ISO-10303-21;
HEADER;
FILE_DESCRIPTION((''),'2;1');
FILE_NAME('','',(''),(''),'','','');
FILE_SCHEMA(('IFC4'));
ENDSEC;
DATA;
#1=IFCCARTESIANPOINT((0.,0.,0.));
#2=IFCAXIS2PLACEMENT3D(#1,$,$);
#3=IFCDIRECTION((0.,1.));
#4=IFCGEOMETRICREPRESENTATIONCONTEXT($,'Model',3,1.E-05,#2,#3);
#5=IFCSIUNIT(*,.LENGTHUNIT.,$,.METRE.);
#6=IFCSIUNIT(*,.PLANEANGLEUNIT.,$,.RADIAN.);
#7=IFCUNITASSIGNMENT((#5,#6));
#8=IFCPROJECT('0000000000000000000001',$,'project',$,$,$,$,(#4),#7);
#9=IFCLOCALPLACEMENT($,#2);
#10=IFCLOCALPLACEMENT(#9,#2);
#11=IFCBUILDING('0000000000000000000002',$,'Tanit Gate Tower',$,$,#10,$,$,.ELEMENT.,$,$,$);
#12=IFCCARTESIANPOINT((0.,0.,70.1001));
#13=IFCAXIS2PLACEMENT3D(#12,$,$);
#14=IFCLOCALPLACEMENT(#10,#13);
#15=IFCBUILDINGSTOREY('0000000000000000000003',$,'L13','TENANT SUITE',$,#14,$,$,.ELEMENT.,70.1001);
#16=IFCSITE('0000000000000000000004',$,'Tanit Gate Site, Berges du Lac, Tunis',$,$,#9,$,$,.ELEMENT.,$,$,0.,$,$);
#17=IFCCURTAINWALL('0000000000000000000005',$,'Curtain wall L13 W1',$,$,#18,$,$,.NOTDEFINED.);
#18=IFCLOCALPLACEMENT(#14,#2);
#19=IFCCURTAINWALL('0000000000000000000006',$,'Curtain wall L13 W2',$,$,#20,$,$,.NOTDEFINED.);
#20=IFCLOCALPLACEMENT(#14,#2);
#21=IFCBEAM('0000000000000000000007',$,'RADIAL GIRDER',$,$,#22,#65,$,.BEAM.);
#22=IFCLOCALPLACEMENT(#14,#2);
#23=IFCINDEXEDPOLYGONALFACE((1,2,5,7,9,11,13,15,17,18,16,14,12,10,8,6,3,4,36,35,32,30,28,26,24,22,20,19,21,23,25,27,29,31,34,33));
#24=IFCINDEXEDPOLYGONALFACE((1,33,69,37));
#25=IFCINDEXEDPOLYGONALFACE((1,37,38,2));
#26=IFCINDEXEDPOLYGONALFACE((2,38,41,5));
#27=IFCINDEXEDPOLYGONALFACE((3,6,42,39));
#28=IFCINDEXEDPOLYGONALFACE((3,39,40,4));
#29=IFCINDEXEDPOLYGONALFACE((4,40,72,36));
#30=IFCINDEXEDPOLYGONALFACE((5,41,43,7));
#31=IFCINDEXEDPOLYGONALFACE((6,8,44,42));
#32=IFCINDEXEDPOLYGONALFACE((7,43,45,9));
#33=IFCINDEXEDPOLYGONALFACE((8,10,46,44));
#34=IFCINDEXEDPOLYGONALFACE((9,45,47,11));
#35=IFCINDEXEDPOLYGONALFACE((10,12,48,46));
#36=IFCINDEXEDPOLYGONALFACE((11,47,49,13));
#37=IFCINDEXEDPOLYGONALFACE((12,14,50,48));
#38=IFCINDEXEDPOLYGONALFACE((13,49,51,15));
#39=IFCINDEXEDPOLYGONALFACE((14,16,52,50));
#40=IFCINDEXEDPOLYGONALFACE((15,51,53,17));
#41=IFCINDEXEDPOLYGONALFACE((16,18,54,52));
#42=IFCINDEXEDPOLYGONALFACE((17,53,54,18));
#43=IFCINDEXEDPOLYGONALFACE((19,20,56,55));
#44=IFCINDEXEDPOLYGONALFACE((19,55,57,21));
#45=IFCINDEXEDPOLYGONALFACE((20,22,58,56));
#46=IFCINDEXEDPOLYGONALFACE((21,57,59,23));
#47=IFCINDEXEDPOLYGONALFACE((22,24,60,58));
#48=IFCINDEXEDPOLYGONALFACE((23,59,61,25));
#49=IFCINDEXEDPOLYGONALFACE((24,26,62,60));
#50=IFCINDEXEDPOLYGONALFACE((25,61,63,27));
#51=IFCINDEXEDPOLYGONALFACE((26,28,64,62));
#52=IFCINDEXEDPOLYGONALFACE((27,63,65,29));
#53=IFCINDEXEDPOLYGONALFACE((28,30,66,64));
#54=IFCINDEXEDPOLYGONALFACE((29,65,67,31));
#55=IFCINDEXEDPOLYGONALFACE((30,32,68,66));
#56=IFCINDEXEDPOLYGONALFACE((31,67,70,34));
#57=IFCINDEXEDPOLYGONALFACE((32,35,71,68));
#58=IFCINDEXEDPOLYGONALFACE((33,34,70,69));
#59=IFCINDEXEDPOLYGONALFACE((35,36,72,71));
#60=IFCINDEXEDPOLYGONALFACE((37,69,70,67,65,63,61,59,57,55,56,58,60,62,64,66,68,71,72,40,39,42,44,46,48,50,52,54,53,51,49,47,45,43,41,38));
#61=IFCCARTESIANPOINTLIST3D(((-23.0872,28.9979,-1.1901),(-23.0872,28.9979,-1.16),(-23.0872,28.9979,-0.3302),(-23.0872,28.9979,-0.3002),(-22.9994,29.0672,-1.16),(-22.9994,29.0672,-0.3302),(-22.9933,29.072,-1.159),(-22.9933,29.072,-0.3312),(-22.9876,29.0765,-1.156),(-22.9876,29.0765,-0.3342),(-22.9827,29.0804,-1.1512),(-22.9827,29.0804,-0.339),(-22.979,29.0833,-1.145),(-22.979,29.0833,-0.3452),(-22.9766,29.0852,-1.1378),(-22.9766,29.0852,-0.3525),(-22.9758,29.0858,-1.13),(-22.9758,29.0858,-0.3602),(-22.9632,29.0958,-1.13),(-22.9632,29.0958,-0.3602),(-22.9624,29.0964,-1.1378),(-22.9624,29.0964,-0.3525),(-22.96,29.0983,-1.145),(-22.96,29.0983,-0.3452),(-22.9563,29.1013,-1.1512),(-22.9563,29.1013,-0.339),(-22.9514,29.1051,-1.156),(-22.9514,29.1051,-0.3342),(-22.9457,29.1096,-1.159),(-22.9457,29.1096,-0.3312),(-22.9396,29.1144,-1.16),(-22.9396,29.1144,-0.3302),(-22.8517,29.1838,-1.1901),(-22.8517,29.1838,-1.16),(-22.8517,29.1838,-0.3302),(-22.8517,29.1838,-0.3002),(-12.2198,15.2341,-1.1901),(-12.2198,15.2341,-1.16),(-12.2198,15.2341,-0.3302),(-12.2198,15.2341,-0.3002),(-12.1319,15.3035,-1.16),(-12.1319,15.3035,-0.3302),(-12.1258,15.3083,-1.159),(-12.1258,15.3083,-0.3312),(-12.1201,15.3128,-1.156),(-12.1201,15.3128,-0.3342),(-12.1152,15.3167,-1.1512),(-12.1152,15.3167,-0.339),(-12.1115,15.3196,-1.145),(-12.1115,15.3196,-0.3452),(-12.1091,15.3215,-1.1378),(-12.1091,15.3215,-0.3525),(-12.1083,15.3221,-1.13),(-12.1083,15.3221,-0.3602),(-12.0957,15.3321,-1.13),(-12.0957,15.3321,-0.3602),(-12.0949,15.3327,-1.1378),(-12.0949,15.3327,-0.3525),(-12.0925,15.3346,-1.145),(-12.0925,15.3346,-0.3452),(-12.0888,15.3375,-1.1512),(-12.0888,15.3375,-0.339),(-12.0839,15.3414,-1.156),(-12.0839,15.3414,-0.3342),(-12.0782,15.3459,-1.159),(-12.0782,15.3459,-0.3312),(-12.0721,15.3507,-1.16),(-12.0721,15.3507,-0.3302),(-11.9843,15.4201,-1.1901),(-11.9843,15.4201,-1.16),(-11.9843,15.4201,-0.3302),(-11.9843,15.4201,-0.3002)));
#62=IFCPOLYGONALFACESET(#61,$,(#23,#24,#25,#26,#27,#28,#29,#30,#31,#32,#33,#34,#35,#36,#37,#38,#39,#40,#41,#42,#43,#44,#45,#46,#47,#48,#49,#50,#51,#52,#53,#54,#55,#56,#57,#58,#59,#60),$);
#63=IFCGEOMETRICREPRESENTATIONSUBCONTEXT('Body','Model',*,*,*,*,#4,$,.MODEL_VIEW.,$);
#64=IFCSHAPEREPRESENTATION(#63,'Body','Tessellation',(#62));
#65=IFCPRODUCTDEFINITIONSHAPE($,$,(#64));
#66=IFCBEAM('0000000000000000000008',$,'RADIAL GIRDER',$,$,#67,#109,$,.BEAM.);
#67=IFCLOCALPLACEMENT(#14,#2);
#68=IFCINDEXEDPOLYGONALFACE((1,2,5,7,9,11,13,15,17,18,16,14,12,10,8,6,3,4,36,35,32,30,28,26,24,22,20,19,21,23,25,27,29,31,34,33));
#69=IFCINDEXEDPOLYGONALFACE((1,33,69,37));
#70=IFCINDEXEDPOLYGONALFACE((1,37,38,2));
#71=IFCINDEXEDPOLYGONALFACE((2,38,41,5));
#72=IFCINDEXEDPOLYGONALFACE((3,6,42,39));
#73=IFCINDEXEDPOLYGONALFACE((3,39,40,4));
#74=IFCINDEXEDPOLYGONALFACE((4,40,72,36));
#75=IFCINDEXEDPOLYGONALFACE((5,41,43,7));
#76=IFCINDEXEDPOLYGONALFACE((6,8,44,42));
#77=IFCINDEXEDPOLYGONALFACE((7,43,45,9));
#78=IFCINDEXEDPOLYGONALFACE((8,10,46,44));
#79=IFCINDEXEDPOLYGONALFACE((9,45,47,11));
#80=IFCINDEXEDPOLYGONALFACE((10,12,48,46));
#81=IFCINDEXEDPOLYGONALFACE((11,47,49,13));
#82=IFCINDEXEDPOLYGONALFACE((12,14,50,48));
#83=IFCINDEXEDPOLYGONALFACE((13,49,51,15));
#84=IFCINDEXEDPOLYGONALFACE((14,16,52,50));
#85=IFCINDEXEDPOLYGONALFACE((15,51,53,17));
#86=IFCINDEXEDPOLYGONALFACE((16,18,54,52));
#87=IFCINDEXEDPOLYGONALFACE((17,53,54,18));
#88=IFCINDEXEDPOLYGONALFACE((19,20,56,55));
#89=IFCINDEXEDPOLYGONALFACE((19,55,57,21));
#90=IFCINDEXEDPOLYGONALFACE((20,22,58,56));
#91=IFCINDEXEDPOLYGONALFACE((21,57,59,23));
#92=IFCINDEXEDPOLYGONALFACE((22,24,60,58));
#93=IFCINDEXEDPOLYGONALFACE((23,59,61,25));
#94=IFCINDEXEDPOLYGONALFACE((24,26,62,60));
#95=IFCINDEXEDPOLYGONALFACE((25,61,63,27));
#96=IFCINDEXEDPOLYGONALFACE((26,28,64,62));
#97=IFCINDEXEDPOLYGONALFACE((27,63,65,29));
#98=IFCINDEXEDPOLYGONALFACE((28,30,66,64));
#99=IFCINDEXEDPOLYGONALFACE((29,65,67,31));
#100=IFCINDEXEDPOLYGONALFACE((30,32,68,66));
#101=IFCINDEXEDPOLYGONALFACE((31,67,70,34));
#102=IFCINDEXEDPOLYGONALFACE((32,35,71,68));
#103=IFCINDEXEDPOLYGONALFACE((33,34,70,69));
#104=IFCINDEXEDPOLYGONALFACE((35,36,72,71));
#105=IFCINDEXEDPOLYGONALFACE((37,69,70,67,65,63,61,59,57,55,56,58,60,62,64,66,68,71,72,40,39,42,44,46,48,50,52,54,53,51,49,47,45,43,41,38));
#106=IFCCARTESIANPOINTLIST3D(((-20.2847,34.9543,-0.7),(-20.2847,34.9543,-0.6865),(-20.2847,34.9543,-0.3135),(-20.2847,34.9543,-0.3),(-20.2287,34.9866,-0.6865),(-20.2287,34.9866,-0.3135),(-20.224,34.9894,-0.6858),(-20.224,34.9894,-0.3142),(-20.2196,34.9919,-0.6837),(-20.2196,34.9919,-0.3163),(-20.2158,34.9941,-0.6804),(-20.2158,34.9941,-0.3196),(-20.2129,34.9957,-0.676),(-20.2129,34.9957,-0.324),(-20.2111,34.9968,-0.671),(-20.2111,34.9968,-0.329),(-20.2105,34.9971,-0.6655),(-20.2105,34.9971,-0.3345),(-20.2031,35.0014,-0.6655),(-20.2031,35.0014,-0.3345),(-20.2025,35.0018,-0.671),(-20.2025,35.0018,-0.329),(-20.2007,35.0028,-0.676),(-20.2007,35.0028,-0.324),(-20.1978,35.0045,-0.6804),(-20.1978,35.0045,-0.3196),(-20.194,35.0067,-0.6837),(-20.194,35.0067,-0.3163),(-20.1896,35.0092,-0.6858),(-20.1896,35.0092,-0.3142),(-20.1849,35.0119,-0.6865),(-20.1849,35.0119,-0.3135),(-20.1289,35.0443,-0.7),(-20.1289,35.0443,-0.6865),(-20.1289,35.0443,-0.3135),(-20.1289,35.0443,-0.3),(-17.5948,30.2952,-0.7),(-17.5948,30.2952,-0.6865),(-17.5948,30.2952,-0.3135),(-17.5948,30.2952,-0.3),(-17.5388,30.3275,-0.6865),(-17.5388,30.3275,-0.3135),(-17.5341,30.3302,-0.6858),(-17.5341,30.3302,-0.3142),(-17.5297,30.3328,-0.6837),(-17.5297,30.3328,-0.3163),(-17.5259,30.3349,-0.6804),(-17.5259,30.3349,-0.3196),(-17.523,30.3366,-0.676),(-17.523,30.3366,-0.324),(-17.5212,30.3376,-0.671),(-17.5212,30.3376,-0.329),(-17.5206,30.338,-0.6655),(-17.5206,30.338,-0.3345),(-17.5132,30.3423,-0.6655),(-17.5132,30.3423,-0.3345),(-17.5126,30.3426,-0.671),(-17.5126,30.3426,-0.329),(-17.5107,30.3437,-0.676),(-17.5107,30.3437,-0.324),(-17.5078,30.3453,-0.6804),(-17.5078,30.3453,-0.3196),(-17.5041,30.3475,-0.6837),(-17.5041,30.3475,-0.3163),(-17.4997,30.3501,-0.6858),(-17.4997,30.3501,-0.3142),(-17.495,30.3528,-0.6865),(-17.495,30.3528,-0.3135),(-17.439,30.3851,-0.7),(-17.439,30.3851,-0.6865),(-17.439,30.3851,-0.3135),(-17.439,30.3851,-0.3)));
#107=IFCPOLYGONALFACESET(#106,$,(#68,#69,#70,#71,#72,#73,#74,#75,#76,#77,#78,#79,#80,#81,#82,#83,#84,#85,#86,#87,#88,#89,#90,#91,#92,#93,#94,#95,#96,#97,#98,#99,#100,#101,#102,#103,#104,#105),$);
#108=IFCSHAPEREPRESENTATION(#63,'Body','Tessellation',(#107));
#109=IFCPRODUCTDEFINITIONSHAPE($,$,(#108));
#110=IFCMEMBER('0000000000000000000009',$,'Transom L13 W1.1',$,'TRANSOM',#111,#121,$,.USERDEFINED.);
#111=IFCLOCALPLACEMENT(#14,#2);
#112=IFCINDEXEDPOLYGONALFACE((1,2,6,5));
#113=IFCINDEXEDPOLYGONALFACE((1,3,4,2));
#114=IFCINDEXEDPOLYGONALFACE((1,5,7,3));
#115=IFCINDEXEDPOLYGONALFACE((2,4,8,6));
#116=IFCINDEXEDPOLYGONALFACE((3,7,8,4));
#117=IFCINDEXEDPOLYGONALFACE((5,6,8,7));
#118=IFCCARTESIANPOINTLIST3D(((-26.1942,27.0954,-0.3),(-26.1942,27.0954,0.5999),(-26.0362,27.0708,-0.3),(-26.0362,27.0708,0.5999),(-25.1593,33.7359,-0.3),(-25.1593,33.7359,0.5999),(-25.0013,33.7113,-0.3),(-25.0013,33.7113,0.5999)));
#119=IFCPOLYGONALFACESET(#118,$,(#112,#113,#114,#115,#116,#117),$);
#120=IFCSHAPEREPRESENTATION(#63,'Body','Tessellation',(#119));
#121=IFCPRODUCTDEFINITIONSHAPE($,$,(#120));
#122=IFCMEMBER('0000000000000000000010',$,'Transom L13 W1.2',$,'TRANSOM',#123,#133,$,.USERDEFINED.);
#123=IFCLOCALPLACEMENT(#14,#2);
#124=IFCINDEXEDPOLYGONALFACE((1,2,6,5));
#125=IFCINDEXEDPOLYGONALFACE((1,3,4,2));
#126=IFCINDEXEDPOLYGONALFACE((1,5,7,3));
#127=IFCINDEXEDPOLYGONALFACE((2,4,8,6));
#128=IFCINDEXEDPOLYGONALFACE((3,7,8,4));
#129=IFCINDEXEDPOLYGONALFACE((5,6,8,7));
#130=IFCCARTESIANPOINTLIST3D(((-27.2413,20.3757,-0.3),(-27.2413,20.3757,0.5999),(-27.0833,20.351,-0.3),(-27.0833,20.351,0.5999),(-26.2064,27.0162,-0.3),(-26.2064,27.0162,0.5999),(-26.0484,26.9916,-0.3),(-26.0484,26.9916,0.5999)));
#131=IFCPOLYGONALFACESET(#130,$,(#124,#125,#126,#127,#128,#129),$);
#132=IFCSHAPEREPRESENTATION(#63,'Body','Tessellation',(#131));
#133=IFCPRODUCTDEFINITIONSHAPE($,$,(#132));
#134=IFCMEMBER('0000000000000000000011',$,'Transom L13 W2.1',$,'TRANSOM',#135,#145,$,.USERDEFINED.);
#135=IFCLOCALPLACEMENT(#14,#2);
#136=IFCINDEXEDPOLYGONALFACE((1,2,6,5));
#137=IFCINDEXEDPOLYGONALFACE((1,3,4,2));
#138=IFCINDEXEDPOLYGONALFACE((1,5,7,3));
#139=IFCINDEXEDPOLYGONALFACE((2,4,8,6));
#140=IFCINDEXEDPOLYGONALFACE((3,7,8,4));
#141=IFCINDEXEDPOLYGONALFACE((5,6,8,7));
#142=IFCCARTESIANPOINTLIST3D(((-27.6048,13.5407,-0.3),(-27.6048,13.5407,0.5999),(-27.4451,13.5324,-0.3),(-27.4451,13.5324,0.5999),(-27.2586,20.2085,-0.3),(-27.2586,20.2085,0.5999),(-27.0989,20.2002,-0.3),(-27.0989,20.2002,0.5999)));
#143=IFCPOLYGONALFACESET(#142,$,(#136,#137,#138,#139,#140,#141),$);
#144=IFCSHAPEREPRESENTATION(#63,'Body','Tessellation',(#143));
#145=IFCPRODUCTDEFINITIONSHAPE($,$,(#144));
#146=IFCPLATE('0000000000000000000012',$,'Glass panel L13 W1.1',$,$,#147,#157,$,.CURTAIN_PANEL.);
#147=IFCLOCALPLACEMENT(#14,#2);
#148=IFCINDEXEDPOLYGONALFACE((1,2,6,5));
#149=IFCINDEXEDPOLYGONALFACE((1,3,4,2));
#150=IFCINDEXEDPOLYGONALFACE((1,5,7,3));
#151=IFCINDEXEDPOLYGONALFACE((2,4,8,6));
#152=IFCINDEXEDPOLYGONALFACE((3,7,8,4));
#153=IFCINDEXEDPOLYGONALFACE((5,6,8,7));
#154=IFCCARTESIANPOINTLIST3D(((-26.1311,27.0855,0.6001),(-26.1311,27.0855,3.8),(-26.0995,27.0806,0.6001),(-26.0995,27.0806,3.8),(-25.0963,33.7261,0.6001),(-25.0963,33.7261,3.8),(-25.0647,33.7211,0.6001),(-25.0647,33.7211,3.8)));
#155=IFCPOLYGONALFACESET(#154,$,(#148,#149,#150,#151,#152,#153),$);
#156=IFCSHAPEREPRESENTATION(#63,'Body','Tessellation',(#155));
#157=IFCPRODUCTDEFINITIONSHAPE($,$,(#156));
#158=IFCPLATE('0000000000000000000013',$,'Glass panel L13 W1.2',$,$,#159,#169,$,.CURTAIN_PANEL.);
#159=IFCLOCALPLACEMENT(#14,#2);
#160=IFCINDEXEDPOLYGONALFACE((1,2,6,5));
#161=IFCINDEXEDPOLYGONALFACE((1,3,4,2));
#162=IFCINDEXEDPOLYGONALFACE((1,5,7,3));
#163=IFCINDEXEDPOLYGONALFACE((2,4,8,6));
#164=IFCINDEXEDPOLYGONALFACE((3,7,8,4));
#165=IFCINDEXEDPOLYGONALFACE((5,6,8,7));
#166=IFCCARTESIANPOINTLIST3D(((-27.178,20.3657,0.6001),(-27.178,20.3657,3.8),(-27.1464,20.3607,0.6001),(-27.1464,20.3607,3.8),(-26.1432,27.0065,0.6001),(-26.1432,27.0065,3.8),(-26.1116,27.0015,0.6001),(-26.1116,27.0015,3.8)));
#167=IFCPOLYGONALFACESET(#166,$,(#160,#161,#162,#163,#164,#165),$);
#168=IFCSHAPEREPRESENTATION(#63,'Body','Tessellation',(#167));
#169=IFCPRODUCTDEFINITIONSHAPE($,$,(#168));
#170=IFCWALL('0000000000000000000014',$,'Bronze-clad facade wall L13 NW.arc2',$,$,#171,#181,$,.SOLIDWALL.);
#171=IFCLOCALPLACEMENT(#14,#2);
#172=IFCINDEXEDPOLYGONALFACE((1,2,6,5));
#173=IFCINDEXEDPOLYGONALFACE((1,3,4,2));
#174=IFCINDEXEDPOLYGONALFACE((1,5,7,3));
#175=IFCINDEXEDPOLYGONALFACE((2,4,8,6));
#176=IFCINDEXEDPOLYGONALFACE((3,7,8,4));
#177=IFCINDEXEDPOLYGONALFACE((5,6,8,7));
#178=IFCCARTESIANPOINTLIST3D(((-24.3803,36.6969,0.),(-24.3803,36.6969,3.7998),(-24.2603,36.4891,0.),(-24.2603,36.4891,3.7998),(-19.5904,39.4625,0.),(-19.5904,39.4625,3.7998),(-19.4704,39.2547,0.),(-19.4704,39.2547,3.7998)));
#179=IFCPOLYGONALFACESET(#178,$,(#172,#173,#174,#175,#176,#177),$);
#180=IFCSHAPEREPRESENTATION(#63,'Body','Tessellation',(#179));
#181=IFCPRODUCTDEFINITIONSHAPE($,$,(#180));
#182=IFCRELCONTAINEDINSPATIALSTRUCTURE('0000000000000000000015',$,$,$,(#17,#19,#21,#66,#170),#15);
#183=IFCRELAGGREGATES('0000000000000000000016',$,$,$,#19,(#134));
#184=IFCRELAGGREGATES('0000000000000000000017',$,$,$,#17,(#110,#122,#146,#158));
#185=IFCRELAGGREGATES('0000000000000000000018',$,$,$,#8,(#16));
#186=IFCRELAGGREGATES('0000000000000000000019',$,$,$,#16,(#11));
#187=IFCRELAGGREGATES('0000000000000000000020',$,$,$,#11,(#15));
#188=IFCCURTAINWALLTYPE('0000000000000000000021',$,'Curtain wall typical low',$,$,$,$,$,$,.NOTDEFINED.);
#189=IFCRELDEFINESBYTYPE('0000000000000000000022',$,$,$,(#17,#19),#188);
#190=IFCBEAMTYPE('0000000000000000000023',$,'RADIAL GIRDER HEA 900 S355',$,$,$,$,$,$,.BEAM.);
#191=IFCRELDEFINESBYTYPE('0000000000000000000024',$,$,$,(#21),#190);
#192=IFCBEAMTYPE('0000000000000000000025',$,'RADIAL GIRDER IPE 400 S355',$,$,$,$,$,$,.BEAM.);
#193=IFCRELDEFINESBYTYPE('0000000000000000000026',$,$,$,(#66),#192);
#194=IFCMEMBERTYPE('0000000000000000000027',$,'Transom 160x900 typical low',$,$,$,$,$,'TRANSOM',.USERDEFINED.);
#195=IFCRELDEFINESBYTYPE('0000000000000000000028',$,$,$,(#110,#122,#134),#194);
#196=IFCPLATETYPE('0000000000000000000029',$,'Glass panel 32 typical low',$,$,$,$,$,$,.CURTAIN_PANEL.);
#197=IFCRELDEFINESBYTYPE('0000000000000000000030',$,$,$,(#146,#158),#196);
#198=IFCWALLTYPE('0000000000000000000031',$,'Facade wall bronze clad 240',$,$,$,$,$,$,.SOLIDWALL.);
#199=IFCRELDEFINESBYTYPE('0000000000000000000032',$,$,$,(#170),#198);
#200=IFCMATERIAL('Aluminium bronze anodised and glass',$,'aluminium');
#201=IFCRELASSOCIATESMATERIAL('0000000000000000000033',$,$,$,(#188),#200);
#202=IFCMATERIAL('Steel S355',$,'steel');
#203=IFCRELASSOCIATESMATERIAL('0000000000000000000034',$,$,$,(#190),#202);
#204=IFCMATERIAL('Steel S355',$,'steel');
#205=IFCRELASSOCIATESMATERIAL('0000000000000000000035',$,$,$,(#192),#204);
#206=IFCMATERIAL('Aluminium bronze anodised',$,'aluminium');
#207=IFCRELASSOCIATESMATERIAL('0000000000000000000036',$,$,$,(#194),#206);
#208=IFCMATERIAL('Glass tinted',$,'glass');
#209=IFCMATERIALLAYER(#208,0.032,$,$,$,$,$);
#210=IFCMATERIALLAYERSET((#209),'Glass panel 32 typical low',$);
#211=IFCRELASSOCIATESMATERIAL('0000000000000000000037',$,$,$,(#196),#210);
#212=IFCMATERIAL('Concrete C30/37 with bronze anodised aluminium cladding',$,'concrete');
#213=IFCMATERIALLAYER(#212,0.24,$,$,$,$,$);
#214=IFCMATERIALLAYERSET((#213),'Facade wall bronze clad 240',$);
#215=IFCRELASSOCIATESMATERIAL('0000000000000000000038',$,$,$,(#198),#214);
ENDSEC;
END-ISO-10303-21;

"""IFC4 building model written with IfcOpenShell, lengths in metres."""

from ifc_helpers import new_model, si_unit, direction, frame, frame_2d, origin, origin_2d, place, context, subcontext, project, spatial, rectangle, i_section, extrude, material, layer, layer_set, material_profile, profile_set, type_object, element, aggregate, save


model = new_model("IFC4")

# Units and contexts
model_context = context("Model", 3, precision=1e-05, world=origin(), true_north=direction((0.0, 1.0)))
body_context = subcontext(model_context, "Body", "Model", "MODEL_VIEW")
ifc_project = project(units=[si_unit("LENGTHUNIT", "METRE"), si_unit("PLANEANGLEUNIT", "RADIAN")], contexts=[model_context])

# Site, building, storey
site_placement = place(None, origin())
site = spatial("IfcSite", under=ifc_project, at=site_placement, Name="Tanit Gate Site, Berges du Lac, Tunis", CompositionType="ELEMENT", RefElevation=0.0)
building_placement = place(site_placement, origin())
building = spatial("IfcBuilding", under=site, at=building_placement, Name="Tanit Gate Tower", CompositionType="ELEMENT")
storey_placement = place(building_placement, frame((0.0, 0.0, 70.1001)))
storey = spatial("IfcBuildingStorey", under=building, at=storey_placement, Name="L13", Description="TENANT SUITE", CompositionType="ELEMENT", Elevation=70.1001)

# Curtain walls
ifc_material_1 = material(Name="Aluminium bronze anodised and glass", Category="aluminium")
curtain_wall_type = type_object("IfcCurtainWallType", Name="Curtain wall typical low", PredefinedType="NOTDEFINED", material=ifc_material_1)
curtain_wall_1_placement = place(storey_placement, origin())
curtain_wall_1 = element("IfcCurtainWall", 1, at=curtain_wall_1_placement, inside=storey, type_object=curtain_wall_type, Name="Curtain wall L13 W1", PredefinedType="NOTDEFINED")
curtain_wall_2_placement = place(storey_placement, origin())
curtain_wall_2 = element("IfcCurtainWall", 2, at=curtain_wall_2_placement, inside=storey, type_object=curtain_wall_type, Name="Curtain wall L13 W2", PredefinedType="NOTDEFINED")

# Beams
ifc_material_2 = material(Name="Steel S355", Category="steel")
ifc_material_profile_1 = material_profile(ifc_material_2, i_section(OverallWidth=0.3, OverallDepth=0.8899, WebThickness=0.0161, FlangeThickness=0.03, FilletRadius=0.03, at=origin_2d()), Name="HEA 900")
ifc_profile_set_1 = profile_set([ifc_material_profile_1], Name="Steel S355")
beam_type_1 = type_object("IfcBeamType", Name="RADIAL GIRDER HEA 900 S355", PredefinedType="BEAM", material=ifc_profile_set_1)
beam_1_placement = place(storey_placement, frame((-22.9695, 29.0908, -0.7451), z_axis=(0.619693, -0.784845, 0.0), x_axis=(0.784845, 0.619693, 0.0)))
element("IfcBeam", 3, at=beam_1_placement, inside=storey, type_object=beam_type_1, Name="RADIAL GIRDER", PredefinedType="BEAM", context=body_context, shape_type="SweptSolid", body=[
    extrude(i_section(OverallWidth=0.3, OverallDepth=0.8899, WebThickness=0.0161, FlangeThickness=0.03, FilletRadius=0.03, at=origin_2d()), origin(), (0.0, 0.0, 1.0), 17.5369),
])
ifc_material_3 = material(Name="Steel S355", Category="steel")
ifc_material_profile_2 = material_profile(ifc_material_3, i_section(OverallWidth=0.1799, OverallDepth=0.3999, WebThickness=0.0085, FlangeThickness=0.0134, FilletRadius=0.021, at=origin_2d()), Name="IPE 400")
ifc_profile_set_2 = profile_set([ifc_material_profile_2], Name="Steel S355")
beam_type_2 = type_object("IfcBeamType", Name="RADIAL GIRDER IPE 400 S355", PredefinedType="BEAM", material=ifc_profile_set_2)
beam_2_placement = place(storey_placement, frame((-20.2068, 34.9993, -0.5), z_axis=(0.499995, -0.866028, 0.0), x_axis=(0.866028, 0.499995, 0.0)))
element("IfcBeam", 4, at=beam_2_placement, inside=storey, type_object=beam_type_2, Name="RADIAL GIRDER", PredefinedType="BEAM", context=body_context, shape_type="SweptSolid", body=[
    extrude(i_section(OverallWidth=0.1799, OverallDepth=0.3999, WebThickness=0.0085, FlangeThickness=0.0134, FilletRadius=0.021, at=origin_2d()), origin(), (0.0, 0.0, 1.0), 5.3799),
])

# Members
ifc_material_4 = material(Name="Aluminium bronze anodised", Category="aluminium")
ifc_material_profile_3 = material_profile(ifc_material_4, rectangle(XDim=0.1599, YDim=0.8999, at=origin_2d()), Name="160x900 bronze transom")
ifc_profile_set_3 = profile_set([ifc_material_profile_3], Name="Aluminium bronze anodised")
member_type_1 = type_object("IfcMemberType", Name="Transom 160x900 typical low", ElementType="TRANSOM", PredefinedType="USERDEFINED", material=ifc_profile_set_3)
member_1_placement = place(storey_placement, frame((-25.0803, 33.7236, 0.1499), z_axis=(-0.153987, -0.988073, 0.0), x_axis=(0.988073, -0.153987, 0.0)))
member_1 = element("IfcMember", 5, at=member_1_placement, type_object=member_type_1, Name="Transom L13 W1.1", ObjectType="TRANSOM", PredefinedType="USERDEFINED", context=body_context, shape_type="SweptSolid", body=[
    extrude(rectangle(XDim=0.1599, YDim=0.8999, at=origin_2d()), origin(), (0.0, 0.0, 1.0), 6.7207),
])
member_2_placement = place(storey_placement, frame((-26.1274, 27.0039, 0.1499), z_axis=(-0.153987, -0.988073, 0.0), x_axis=(0.988073, -0.153987, 0.0)))
member_2 = element("IfcMember", 6, at=member_2_placement, type_object=member_type_1, Name="Transom L13 W1.2", ObjectType="TRANSOM", PredefinedType="USERDEFINED", context=body_context, shape_type="SweptSolid", body=[
    extrude(rectangle(XDim=0.1599, YDim=0.8999, at=origin_2d()), origin(), (0.0, 0.0, 1.0), 6.7207),
])
member_3_placement = place(storey_placement, frame((-27.1787, 20.2043, 0.1499), z_axis=(-0.051851, -0.998655, 0.0), x_axis=(0.998655, -0.051851, 0.0)))
member_3 = element("IfcMember", 7, at=member_3_placement, type_object=member_type_1, Name="Transom L13 W2.1", ObjectType="TRANSOM", PredefinedType="USERDEFINED", context=body_context, shape_type="SweptSolid", body=[
    extrude(rectangle(XDim=0.1599, YDim=0.8999, at=origin_2d()), origin(), (0.0, 0.0, 1.0), 6.6768),
])
aggregate(curtain_wall_2, [member_3])

# Plates
ifc_material_5 = material(Name="Glass tinted", Category="glass")
ifc_layer_1 = layer(ifc_material_5, 0.032)
ifc_layer_set_1 = layer_set([ifc_layer_1], Name="Glass panel 32 typical low")
plate_type = type_object("IfcPlateType", Name="Glass panel 32 typical low", PredefinedType="CURTAIN_PANEL", material=ifc_layer_set_1)
plate_1_placement = place(storey_placement, frame((-25.5979, 30.4033, 0.6001), z_axis=(0.0, 0.0, 1.0), x_axis=(-0.153962, -0.988077, 0.0)))
plate_1 = element("IfcPlate", 8, at=plate_1_placement, type_object=plate_type, Name="Glass panel L13 W1.1", PredefinedType="CURTAIN_PANEL", context=body_context, shape_type="SweptSolid", body=[
    extrude(rectangle(XDim=6.7207, YDim=0.032, at=origin_2d()), origin(), (0.0, 0.0, 1.0), 3.2),
])
plate_2_placement = place(storey_placement, frame((-26.6448, 23.6836, 0.6001), z_axis=(0.0, 0.0, 1.0), x_axis=(-0.153962, -0.988077, 0.0)))
plate_2 = element("IfcPlate", 9, at=plate_2_placement, type_object=plate_type, Name="Glass panel L13 W1.2", PredefinedType="CURTAIN_PANEL", context=body_context, shape_type="SweptSolid", body=[
    extrude(rectangle(XDim=6.7209, YDim=0.032, at=origin_2d()), origin(), (0.0, 0.0, 1.0), 3.2),
])
aggregate(curtain_wall_1, [member_1, member_2, plate_1, plate_2])

# Wall
ifc_material_6 = material(Name="Concrete C30/37 with bronze anodised aluminium cladding", Category="concrete")
ifc_layer_2 = layer(ifc_material_6, 0.24)
ifc_layer_set_2 = layer_set([ifc_layer_2], Name="Facade wall bronze clad 240")
wall_type_1 = type_object("IfcWallType", Name="Facade wall bronze clad 240", PredefinedType="SOLIDWALL", material=ifc_layer_set_2)
wall_1_placement = place(storey_placement, frame((-19.5303, 39.3586, 0.0), z_axis=(0.0, 0.0, 1.0), x_axis=(-0.866018, -0.500013, 0.0)))
element("IfcWall", 10, at=wall_1_placement, inside=storey, type_object=wall_type_1, Name="Bronze-clad facade wall L13 NW.arc2", PredefinedType="SOLIDWALL", context=body_context, shape_type="SweptSolid", body=[
    extrude(rectangle(XDim=5.531, YDim=0.24, at=frame_2d((2.7656, 0.0))), origin(), (0.0, 0.0, 1.0), 3.7998),
])

save(model, "model.ifc")
